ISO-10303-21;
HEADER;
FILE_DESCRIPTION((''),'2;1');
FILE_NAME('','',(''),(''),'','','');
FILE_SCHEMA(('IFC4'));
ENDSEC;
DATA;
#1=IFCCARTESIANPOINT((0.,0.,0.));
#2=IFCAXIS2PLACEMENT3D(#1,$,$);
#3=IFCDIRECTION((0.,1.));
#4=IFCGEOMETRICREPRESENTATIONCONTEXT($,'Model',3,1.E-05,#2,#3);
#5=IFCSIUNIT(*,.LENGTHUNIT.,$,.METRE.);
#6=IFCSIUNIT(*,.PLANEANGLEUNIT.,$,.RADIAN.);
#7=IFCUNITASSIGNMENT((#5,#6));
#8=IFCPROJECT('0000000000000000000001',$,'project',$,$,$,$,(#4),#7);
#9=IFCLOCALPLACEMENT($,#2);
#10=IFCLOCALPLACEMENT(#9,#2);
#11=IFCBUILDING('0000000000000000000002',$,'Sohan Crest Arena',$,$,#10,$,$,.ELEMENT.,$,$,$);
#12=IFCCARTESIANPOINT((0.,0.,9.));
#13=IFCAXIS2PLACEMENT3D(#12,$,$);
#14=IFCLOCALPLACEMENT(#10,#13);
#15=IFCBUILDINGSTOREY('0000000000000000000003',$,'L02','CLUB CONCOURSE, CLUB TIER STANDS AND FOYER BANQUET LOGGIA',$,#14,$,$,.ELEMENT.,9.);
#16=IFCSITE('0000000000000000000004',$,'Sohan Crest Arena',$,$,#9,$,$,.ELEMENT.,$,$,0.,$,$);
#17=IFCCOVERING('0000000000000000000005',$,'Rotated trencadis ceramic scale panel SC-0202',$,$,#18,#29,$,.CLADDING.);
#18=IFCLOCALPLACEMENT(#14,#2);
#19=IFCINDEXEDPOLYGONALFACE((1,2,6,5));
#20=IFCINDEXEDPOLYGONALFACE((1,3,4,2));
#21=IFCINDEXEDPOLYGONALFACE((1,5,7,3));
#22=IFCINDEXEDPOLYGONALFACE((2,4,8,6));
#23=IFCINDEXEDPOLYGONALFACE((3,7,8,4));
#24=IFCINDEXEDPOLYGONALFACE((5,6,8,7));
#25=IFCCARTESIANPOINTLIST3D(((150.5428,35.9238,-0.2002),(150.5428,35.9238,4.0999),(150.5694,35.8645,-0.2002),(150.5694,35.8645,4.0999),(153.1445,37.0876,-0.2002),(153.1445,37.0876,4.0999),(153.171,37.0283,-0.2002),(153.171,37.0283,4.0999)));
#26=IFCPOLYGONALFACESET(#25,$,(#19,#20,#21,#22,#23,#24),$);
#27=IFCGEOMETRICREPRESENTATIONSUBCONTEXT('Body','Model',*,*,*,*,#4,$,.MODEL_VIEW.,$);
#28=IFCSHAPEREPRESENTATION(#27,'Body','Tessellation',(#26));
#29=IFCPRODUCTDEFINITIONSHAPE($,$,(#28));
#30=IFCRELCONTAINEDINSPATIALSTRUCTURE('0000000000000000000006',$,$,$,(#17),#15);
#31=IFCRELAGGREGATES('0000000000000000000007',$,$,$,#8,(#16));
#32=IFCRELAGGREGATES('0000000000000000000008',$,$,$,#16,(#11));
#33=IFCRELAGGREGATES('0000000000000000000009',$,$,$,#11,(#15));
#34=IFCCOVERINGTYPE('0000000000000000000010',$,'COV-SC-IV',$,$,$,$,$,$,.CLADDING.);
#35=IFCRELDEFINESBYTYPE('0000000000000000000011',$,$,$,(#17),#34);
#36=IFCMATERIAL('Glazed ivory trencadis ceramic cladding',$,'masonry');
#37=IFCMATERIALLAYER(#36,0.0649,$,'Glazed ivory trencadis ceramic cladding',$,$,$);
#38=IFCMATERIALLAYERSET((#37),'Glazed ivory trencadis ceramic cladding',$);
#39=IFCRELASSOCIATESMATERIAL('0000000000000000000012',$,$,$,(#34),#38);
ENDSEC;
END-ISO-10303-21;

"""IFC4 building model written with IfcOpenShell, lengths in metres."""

from ifc_helpers import new_model, si_unit, direction, frame, origin, origin_2d, place, context, subcontext, project, spatial, rectangle, extrude, material, layer, layer_set, type_object, element, save


model = new_model("IFC4")

# Units and contexts
model_context = context("Model", 3, precision=1e-05, world=origin(), true_north=direction((0.0, 1.0)))
body_context = subcontext(model_context, "Body", "Model", "MODEL_VIEW")
ifc_project = project(units=[si_unit("LENGTHUNIT", "METRE"), si_unit("PLANEANGLEUNIT", "RADIAN")], contexts=[model_context])

# Site, building, storey
site_placement = place(None, origin())
site = spatial("IfcSite", under=ifc_project, at=site_placement, Name="Sohan Crest Arena", CompositionType="ELEMENT", RefElevation=0.0)
building_placement = place(site_placement, origin())
building = spatial("IfcBuilding", under=site, at=building_placement, Name="Sohan Crest Arena", CompositionType="ELEMENT")
storey_placement = place(building_placement, frame((0.0, 0.0, 9.0)))
storey = spatial("IfcBuildingStorey", under=building, at=storey_placement, Name="L02", Description="CLUB CONCOURSE, CLUB TIER STANDS AND FOYER BANQUET LOGGIA", CompositionType="ELEMENT", Elevation=9.0)

# Covering
ifc_material_1 = material(Name="Glazed ivory trencadis ceramic cladding", Category="masonry")
ifc_layer_1 = layer(ifc_material_1, 0.0649, Name="Glazed ivory trencadis ceramic cladding")
ifc_layer_set_1 = layer_set([ifc_layer_1], Name="Glazed ivory trencadis ceramic cladding")
covering_type = type_object("IfcCoveringType", Name="COV-SC-IV", PredefinedType="CLADDING", material=ifc_layer_set_1)
covering_placement = place(storey_placement, frame((151.8569, 36.4761, -0.2002), z_axis=(0.0, 0.0, 1.0), x_axis=(0.912834, 0.40833, 0.0)))
element("IfcCovering", 1, at=covering_placement, inside=storey, type_object=covering_type, Name="Rotated trencadis ceramic scale panel SC-0202", PredefinedType="CLADDING", context=body_context, shape_type="SweptSolid", body=[
    extrude(rectangle(XDim=2.8501, YDim=0.0649, at=origin_2d()), origin(), (0.0, 0.0, 1.0), 4.3),
])

save(model, "model.ifc")
